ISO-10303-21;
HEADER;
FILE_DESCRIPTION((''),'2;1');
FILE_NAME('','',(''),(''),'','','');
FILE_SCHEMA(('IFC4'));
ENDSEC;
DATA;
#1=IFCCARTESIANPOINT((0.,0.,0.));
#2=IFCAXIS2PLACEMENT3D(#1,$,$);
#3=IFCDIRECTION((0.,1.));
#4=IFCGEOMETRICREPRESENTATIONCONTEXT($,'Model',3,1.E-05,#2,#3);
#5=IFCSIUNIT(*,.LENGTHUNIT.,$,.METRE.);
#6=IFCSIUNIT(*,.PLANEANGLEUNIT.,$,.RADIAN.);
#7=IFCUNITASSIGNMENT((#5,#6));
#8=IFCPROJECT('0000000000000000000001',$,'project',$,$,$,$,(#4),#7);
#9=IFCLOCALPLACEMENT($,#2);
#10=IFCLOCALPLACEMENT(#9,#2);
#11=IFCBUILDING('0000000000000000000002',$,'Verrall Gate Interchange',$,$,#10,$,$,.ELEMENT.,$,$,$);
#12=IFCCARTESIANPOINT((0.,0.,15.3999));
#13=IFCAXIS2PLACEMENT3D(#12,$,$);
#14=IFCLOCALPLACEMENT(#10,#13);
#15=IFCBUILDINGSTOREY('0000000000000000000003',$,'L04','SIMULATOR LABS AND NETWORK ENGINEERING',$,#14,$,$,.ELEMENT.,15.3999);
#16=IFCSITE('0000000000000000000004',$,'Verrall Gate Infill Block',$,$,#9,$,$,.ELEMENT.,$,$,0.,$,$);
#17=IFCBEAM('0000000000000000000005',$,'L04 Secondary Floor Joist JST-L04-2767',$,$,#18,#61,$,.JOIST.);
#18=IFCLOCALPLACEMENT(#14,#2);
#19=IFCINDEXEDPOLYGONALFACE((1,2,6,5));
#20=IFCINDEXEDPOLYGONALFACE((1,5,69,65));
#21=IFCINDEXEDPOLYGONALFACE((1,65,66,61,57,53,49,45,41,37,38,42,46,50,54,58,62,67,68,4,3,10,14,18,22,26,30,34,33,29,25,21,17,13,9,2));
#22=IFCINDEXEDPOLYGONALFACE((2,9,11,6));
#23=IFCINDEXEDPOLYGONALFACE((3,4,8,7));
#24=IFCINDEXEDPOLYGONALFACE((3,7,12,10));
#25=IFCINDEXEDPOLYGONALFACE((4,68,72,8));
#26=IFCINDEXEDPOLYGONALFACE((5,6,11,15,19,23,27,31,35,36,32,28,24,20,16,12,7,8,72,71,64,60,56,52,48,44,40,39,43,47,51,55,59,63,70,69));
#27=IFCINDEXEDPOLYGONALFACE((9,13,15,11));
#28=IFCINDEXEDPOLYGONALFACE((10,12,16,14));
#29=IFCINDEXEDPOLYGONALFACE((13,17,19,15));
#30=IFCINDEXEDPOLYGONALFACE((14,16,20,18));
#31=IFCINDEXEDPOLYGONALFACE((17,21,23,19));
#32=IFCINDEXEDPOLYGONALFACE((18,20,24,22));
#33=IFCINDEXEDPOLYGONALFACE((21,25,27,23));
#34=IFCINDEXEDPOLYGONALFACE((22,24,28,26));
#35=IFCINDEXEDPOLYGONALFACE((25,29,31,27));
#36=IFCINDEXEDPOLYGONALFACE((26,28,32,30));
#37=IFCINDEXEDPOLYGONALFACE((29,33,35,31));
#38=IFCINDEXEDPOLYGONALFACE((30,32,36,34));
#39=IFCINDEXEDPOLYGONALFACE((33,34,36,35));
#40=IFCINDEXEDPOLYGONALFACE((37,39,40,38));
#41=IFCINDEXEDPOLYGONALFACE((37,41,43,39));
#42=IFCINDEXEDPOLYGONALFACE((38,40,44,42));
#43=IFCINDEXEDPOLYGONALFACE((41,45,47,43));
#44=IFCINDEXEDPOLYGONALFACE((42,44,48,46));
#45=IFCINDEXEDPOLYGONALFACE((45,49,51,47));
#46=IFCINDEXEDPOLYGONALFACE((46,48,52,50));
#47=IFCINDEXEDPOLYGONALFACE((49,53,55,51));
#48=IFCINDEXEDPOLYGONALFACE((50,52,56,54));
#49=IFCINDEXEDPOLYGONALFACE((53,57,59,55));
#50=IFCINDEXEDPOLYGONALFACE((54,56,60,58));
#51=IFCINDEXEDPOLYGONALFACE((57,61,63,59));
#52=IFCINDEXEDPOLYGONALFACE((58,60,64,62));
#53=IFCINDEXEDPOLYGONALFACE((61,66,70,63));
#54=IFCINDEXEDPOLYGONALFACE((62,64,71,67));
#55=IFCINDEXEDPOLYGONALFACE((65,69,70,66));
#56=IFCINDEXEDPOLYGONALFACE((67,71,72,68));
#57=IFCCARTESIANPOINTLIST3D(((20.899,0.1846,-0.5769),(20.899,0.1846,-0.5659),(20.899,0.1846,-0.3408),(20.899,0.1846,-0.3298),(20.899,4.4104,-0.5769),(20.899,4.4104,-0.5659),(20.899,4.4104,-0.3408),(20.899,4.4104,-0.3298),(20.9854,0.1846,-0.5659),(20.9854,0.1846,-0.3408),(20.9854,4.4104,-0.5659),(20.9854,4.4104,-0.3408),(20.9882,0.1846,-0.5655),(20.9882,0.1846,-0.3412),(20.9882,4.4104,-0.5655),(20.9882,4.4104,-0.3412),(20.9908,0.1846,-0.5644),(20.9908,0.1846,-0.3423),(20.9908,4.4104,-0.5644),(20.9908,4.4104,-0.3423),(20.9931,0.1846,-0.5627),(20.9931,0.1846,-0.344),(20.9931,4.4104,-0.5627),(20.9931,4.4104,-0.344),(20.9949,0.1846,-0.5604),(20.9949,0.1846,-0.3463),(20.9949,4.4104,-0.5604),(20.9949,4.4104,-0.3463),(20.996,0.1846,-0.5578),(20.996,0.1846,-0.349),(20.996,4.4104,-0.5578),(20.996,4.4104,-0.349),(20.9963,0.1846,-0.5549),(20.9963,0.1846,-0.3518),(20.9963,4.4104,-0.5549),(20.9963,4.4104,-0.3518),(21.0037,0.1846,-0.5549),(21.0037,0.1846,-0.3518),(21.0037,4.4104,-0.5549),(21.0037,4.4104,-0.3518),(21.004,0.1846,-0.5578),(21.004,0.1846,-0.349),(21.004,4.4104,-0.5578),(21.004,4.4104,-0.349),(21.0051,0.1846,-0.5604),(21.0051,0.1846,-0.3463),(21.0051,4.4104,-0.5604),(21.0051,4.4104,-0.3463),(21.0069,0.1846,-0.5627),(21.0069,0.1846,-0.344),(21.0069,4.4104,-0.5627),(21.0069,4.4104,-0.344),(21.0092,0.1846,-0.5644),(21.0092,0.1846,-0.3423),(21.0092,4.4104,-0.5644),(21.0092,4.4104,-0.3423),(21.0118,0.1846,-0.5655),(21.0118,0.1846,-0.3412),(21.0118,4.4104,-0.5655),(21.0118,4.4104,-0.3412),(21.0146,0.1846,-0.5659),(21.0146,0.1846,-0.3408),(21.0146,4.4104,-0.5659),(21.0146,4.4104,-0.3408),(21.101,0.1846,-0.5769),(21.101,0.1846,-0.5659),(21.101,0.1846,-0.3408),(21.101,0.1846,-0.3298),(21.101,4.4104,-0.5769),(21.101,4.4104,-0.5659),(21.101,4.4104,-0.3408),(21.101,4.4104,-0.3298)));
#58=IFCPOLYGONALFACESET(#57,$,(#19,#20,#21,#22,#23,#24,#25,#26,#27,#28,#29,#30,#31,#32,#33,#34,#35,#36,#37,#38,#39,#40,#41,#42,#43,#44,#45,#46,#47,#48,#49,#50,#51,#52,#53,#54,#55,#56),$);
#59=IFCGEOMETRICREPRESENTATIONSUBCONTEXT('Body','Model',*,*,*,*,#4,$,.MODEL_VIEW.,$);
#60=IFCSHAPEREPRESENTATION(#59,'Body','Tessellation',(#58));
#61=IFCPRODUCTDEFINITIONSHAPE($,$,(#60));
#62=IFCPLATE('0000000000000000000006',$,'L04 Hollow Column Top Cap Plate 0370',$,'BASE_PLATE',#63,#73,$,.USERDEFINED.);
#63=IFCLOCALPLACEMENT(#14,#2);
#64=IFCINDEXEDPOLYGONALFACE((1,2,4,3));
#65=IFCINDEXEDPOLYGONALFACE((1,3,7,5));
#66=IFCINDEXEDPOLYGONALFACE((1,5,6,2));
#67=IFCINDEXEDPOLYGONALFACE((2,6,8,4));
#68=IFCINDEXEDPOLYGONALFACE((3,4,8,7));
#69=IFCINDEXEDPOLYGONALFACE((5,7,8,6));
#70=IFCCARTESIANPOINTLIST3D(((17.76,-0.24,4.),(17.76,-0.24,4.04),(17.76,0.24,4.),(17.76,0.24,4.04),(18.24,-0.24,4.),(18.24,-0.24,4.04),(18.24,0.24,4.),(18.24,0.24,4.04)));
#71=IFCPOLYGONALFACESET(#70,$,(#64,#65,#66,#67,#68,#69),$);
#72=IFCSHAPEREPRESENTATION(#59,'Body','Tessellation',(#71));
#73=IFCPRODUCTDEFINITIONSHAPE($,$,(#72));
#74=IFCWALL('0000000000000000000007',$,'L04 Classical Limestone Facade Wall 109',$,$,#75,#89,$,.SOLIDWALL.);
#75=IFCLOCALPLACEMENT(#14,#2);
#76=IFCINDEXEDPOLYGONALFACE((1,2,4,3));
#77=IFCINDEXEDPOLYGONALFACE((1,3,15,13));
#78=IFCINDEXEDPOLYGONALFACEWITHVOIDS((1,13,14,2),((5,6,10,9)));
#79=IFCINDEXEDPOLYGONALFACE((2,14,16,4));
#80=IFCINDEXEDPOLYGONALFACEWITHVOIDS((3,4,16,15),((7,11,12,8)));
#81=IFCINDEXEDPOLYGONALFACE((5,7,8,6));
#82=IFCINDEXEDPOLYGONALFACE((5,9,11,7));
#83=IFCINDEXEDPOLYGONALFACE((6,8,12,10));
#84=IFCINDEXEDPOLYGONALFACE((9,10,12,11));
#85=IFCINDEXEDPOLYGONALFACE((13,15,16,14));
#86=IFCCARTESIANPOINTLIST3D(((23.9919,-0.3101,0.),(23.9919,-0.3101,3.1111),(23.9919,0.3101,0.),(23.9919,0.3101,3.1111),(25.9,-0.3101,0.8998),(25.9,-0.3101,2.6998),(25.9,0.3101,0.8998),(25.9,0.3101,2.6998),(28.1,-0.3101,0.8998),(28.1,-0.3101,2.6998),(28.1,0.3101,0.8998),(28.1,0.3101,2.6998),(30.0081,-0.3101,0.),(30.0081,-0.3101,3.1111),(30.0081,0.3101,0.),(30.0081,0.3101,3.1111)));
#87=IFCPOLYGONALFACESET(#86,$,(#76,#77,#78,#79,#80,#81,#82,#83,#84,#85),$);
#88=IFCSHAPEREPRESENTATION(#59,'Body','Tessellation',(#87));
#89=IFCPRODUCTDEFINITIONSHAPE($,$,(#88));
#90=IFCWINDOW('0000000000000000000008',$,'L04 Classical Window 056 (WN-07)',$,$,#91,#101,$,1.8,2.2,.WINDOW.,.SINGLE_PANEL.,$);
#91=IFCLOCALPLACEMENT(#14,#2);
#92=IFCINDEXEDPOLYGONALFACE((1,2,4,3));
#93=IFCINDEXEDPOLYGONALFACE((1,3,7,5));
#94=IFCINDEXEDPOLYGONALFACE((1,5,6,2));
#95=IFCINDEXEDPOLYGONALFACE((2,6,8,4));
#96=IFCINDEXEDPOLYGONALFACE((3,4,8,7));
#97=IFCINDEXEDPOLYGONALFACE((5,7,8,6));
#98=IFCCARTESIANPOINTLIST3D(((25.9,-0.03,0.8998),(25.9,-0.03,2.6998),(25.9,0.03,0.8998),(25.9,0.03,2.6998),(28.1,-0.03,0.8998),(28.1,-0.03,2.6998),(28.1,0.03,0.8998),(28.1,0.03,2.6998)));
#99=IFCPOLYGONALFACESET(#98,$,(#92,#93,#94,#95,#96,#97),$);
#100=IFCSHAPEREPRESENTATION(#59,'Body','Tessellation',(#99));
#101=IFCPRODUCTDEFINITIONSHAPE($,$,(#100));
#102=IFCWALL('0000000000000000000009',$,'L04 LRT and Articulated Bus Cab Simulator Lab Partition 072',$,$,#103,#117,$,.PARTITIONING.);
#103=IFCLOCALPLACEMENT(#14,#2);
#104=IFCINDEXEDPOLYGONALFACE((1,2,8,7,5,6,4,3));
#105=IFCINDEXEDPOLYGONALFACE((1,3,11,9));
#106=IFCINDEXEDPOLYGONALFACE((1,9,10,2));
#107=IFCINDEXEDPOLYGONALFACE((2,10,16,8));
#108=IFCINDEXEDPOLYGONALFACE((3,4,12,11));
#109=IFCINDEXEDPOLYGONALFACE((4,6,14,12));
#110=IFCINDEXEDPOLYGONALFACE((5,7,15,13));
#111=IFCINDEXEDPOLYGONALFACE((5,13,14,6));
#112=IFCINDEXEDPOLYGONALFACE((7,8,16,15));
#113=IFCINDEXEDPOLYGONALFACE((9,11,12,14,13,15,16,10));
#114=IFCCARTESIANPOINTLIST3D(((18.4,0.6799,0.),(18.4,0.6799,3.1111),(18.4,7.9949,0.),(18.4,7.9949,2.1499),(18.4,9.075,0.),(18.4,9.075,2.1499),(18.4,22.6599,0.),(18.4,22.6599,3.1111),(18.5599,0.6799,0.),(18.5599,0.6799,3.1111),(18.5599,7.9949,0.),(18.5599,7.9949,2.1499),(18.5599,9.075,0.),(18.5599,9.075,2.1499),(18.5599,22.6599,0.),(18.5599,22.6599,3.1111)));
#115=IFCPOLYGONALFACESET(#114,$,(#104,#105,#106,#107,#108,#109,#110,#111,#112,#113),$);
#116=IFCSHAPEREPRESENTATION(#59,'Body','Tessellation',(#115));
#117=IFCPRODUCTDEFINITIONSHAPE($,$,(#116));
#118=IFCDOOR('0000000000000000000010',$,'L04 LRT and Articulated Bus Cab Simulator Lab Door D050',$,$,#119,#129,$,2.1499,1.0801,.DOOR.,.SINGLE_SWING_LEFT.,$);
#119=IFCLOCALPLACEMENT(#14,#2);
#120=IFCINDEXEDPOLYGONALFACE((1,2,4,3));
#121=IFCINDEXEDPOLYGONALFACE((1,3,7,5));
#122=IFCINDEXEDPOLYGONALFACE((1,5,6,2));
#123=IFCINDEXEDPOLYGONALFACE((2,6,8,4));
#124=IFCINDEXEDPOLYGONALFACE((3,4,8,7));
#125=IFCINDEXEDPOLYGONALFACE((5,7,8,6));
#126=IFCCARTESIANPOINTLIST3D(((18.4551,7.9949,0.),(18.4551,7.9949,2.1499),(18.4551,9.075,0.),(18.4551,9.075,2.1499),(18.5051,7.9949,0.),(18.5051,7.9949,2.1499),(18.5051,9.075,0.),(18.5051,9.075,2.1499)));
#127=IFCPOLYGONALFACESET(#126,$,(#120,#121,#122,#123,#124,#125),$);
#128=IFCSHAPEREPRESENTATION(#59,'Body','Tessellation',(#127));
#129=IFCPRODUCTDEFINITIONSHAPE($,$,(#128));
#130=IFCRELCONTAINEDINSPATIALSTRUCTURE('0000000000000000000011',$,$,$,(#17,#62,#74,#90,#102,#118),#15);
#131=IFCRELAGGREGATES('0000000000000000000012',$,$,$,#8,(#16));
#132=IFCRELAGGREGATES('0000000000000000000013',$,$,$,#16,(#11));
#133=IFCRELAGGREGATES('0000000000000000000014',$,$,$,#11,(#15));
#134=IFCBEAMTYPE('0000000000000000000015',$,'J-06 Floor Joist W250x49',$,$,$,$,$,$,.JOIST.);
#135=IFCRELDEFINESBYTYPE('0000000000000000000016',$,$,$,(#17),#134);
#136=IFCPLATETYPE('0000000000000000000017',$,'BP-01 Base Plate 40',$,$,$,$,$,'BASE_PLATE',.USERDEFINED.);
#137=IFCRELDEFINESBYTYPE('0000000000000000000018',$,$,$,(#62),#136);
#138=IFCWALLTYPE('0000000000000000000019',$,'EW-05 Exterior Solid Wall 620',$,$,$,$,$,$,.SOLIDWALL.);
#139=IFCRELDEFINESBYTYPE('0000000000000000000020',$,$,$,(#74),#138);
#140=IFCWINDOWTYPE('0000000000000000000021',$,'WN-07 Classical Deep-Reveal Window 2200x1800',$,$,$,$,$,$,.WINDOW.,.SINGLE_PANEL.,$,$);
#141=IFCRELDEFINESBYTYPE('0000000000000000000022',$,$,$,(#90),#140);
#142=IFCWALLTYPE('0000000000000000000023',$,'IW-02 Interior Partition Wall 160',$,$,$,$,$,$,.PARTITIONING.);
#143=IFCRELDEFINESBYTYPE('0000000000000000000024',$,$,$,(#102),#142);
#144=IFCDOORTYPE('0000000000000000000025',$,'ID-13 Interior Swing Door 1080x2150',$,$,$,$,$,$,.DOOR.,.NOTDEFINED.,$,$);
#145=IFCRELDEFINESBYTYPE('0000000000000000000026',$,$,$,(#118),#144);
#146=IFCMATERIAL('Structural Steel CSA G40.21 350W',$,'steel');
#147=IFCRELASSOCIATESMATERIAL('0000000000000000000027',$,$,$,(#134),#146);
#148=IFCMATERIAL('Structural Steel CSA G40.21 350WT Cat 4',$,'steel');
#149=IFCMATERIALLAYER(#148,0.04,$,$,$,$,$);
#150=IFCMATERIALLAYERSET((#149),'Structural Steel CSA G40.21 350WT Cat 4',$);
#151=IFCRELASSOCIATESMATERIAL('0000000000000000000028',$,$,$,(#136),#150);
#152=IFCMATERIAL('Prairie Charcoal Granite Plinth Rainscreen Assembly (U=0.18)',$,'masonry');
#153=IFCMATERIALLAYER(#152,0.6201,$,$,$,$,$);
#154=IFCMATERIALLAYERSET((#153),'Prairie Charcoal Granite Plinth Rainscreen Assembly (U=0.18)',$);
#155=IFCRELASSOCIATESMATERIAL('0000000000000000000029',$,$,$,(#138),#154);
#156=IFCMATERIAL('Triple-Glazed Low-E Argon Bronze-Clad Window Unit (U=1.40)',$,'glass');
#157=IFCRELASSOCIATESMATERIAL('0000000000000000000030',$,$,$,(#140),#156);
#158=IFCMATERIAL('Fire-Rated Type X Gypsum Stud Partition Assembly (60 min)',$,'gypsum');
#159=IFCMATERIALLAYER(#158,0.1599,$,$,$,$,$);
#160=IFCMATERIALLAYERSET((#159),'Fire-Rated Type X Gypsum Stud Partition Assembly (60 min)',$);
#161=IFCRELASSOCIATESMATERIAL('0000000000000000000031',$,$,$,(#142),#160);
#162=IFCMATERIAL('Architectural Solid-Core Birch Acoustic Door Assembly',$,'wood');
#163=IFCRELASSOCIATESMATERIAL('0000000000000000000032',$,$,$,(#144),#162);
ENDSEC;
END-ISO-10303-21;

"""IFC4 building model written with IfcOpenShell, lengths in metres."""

from ifc_helpers import new_model, si_unit, direction, frame, frame_2d, origin, origin_2d, place, context, subcontext, project, spatial, rectangle, i_section, extrude, material, layer, layer_set, material_profile, profile_set, type_object, element, fill, save


model = new_model("IFC4")

# Units and contexts
model_context = context("Model", 3, precision=1e-05, world=origin(), true_north=direction((0.0, 1.0)))
body_context = subcontext(model_context, "Body", "Model", "MODEL_VIEW")
ifc_project = project(units=[si_unit("LENGTHUNIT", "METRE"), si_unit("PLANEANGLEUNIT", "RADIAN")], contexts=[model_context])

# Site, building, storey
site_placement = place(None, origin())
site = spatial("IfcSite", under=ifc_project, at=site_placement, Name="Verrall Gate Infill Block", CompositionType="ELEMENT", RefElevation=0.0)
building_placement = place(site_placement, origin())
building = spatial("IfcBuilding", under=site, at=building_placement, Name="Verrall Gate Interchange", CompositionType="ELEMENT")
storey_placement = place(building_placement, frame((0.0, 0.0, 15.3999)))
storey = spatial("IfcBuildingStorey", under=building, at=storey_placement, Name="L04", Description="SIMULATOR LABS AND NETWORK ENGINEERING", CompositionType="ELEMENT", Elevation=15.3999)

# Beam
ifc_material_1 = material(Name="Structural Steel CSA G40.21 350W", Category="steel")
ifc_material_profile_1 = material_profile(ifc_material_1, i_section(OverallWidth=0.2019, OverallDepth=0.2471, WebThickness=0.0073, FlangeThickness=0.011, FilletRadius=0.011, at=origin_2d()), Name="W250x49")
ifc_profile_set_1 = profile_set([ifc_material_profile_1], Name="Structural Steel CSA G40.21 350W")
beam_type_1 = type_object("IfcBeamType", Name="J-06 Floor Joist W250x49", PredefinedType="JOIST", material=ifc_profile_set_1)
beam_1_placement = place(storey_placement, frame((21.0, 0.1846, -0.4534), z_axis=(0.0, 1.0, 0.0), x_axis=(-1.0, 0.0, 0.0)))
element("IfcBeam", 1, at=beam_1_placement, inside=storey, type_object=beam_type_1, Name="L04 Secondary Floor Joist JST-L04-2767", PredefinedType="JOIST", context=body_context, shape_type="SweptSolid", body=[
    extrude(i_section(OverallWidth=0.2019, OverallDepth=0.2471, WebThickness=0.0073, FlangeThickness=0.011, FilletRadius=0.011, at=origin_2d()), origin(), (0.0, 0.0, 1.0), 4.2258),
])

# Plate
ifc_material_2 = material(Name="Structural Steel CSA G40.21 350WT Cat 4", Category="steel")
ifc_layer_1 = layer(ifc_material_2, 0.04)
ifc_layer_set_1 = layer_set([ifc_layer_1], Name="Structural Steel CSA G40.21 350WT Cat 4")
plate_type = type_object("IfcPlateType", Name="BP-01 Base Plate 40", ElementType="BASE_PLATE", PredefinedType="USERDEFINED", material=ifc_layer_set_1)
plate_placement = place(storey_placement, frame((18.0, 0.0, 4.0), z_axis=(0.0, 0.0, 1.0), x_axis=(1.0, 0.0, 0.0)))
element("IfcPlate", 2, at=plate_placement, inside=storey, type_object=plate_type, Name="L04 Hollow Column Top Cap Plate 0370", ObjectType="BASE_PLATE", PredefinedType="USERDEFINED", context=body_context, shape_type="SweptSolid", body=[
    extrude(rectangle(XDim=0.48, YDim=0.48, at=origin_2d()), origin(), (0.0, 0.0, 1.0), 0.04),
])

# Wall, opening, window
ifc_material_3 = material(Name="Prairie Charcoal Granite Plinth Rainscreen Assembly (U=0.18)", Category="masonry")
ifc_layer_2 = layer(ifc_material_3, 0.6201)
ifc_layer_set_2 = layer_set([ifc_layer_2], Name="Prairie Charcoal Granite Plinth Rainscreen Assembly (U=0.18)")
wall_type_1 = type_object("IfcWallType", Name="EW-05 Exterior Solid Wall 620", PredefinedType="SOLIDWALL", material=ifc_layer_set_2)
wall_1_placement = place(storey_placement, frame((23.9919, 0.0, 0.0), z_axis=(0.0, 0.0, 1.0), x_axis=(1.0, 0.0, 0.0)))
wall_1 = element("IfcWall", 3, at=wall_1_placement, inside=storey, type_object=wall_type_1, Name="L04 Classical Limestone Facade Wall 109", PredefinedType="SOLIDWALL", context=body_context, shape_type="SweptSolid", body=[
    extrude(rectangle(XDim=6.0161, YDim=0.6201, at=frame_2d((3.0081, 0.0))), origin(), (0.0, 0.0, 1.0), 3.1111),
])
opening_1_placement = place(wall_1_placement, frame((1.908, 0.0, 0.8999)))
opening_1 = element("IfcOpeningElement", 4, at=opening_1_placement, cuts=wall_1, PredefinedType="OPENING", context=body_context, shape_type="SweptSolid", body=[
    extrude(rectangle(XDim=2.2, YDim=1.8, at=frame_2d((1.1001, 0.8999))), frame((0.0, 0.325, 0.0), z_axis=(0.0, -1.0, 0.0), x_axis=(1.0, 0.0, 0.0)), (0.0, 0.0, 1.0), 0.6499),
])
ifc_material_4 = material(Name="Triple-Glazed Low-E Argon Bronze-Clad Window Unit (U=1.40)", Category="glass")
window_type = type_object("IfcWindowType", Name="WN-07 Classical Deep-Reveal Window 2200x1800", PartitioningType="SINGLE_PANEL", PredefinedType="WINDOW", material=ifc_material_4)
window_placement = place(opening_1_placement, origin())
window = element("IfcWindow", 5, at=window_placement, inside=storey, type_object=window_type, Name="L04 Classical Window 056 (WN-07)", OverallHeight=1.8, OverallWidth=2.2, PartitioningType="SINGLE_PANEL", PredefinedType="WINDOW", context=body_context, shape_type="SweptSolid", body=[
    extrude(rectangle(XDim=2.2, YDim=1.8, at=frame_2d((1.1001, 0.8999))), frame((0.0, 0.03, 0.0), z_axis=(0.0, -1.0, 0.0), x_axis=(1.0, 0.0, 0.0)), (0.0, 0.0, 1.0), 0.0601),
])
fill(opening_1, window)

# Wall, opening, door
ifc_material_5 = material(Name="Fire-Rated Type X Gypsum Stud Partition Assembly (60 min)", Category="gypsum")
ifc_layer_3 = layer(ifc_material_5, 0.1599)
ifc_layer_set_3 = layer_set([ifc_layer_3], Name="Fire-Rated Type X Gypsum Stud Partition Assembly (60 min)")
wall_type_2 = type_object("IfcWallType", Name="IW-02 Interior Partition Wall 160", PredefinedType="PARTITIONING", material=ifc_layer_set_3)
wall_2_placement = place(storey_placement, frame((18.48, 0.6799, 0.0), z_axis=(0.0, 0.0, 1.0), x_axis=(0.0, 1.0, 0.0)))
wall_2 = element("IfcWall", 6, at=wall_2_placement, inside=storey, type_object=wall_type_2, Name="L04 LRT and Articulated Bus Cab Simulator Lab Partition 072", PredefinedType="PARTITIONING", context=body_context, shape_type="SweptSolid", body=[
    extrude(rectangle(XDim=21.98, YDim=0.1599, at=frame_2d((10.99, 0.0))), origin(), (0.0, 0.0, 1.0), 3.1111),
])
opening_2_placement = place(wall_2_placement, frame((7.3149, 0.0, 0.0)))
opening_2 = element("IfcOpeningElement", 7, at=opening_2_placement, cuts=wall_2, PredefinedType="OPENING", context=body_context, shape_type="SweptSolid", body=[
    extrude(rectangle(XDim=1.0801, YDim=2.1499, at=frame_2d((0.54, 1.075))), frame((0.0, 0.0947, 0.0), z_axis=(0.0, -1.0, 0.0), x_axis=(1.0, 0.0, 0.0)), (0.0, 0.0, 1.0), 0.1897),
])
ifc_material_6 = material(Name="Architectural Solid-Core Birch Acoustic Door Assembly", Category="wood")
door_type = type_object("IfcDoorType", Name="ID-13 Interior Swing Door 1080x2150", OperationType="NOTDEFINED", PredefinedType="DOOR", material=ifc_material_6)
door_placement = place(opening_2_placement, origin())
door = element("IfcDoor", 8, at=door_placement, inside=storey, type_object=door_type, Name="L04 LRT and Articulated Bus Cab Simulator Lab Door D050", OperationType="SINGLE_SWING_LEFT", OverallHeight=2.1499, OverallWidth=1.0801, PredefinedType="DOOR", context=body_context, shape_type="SweptSolid", body=[
    extrude(rectangle(XDim=1.0801, YDim=2.1499, at=frame_2d((0.54, 1.075))), frame((0.0, 0.0249, 0.0), z_axis=(0.0, -1.0, 0.0), x_axis=(1.0, 0.0, 0.0)), (0.0, 0.0, 1.0), 0.05),
])
fill(opening_2, door)

save(model, "model.ifc")
